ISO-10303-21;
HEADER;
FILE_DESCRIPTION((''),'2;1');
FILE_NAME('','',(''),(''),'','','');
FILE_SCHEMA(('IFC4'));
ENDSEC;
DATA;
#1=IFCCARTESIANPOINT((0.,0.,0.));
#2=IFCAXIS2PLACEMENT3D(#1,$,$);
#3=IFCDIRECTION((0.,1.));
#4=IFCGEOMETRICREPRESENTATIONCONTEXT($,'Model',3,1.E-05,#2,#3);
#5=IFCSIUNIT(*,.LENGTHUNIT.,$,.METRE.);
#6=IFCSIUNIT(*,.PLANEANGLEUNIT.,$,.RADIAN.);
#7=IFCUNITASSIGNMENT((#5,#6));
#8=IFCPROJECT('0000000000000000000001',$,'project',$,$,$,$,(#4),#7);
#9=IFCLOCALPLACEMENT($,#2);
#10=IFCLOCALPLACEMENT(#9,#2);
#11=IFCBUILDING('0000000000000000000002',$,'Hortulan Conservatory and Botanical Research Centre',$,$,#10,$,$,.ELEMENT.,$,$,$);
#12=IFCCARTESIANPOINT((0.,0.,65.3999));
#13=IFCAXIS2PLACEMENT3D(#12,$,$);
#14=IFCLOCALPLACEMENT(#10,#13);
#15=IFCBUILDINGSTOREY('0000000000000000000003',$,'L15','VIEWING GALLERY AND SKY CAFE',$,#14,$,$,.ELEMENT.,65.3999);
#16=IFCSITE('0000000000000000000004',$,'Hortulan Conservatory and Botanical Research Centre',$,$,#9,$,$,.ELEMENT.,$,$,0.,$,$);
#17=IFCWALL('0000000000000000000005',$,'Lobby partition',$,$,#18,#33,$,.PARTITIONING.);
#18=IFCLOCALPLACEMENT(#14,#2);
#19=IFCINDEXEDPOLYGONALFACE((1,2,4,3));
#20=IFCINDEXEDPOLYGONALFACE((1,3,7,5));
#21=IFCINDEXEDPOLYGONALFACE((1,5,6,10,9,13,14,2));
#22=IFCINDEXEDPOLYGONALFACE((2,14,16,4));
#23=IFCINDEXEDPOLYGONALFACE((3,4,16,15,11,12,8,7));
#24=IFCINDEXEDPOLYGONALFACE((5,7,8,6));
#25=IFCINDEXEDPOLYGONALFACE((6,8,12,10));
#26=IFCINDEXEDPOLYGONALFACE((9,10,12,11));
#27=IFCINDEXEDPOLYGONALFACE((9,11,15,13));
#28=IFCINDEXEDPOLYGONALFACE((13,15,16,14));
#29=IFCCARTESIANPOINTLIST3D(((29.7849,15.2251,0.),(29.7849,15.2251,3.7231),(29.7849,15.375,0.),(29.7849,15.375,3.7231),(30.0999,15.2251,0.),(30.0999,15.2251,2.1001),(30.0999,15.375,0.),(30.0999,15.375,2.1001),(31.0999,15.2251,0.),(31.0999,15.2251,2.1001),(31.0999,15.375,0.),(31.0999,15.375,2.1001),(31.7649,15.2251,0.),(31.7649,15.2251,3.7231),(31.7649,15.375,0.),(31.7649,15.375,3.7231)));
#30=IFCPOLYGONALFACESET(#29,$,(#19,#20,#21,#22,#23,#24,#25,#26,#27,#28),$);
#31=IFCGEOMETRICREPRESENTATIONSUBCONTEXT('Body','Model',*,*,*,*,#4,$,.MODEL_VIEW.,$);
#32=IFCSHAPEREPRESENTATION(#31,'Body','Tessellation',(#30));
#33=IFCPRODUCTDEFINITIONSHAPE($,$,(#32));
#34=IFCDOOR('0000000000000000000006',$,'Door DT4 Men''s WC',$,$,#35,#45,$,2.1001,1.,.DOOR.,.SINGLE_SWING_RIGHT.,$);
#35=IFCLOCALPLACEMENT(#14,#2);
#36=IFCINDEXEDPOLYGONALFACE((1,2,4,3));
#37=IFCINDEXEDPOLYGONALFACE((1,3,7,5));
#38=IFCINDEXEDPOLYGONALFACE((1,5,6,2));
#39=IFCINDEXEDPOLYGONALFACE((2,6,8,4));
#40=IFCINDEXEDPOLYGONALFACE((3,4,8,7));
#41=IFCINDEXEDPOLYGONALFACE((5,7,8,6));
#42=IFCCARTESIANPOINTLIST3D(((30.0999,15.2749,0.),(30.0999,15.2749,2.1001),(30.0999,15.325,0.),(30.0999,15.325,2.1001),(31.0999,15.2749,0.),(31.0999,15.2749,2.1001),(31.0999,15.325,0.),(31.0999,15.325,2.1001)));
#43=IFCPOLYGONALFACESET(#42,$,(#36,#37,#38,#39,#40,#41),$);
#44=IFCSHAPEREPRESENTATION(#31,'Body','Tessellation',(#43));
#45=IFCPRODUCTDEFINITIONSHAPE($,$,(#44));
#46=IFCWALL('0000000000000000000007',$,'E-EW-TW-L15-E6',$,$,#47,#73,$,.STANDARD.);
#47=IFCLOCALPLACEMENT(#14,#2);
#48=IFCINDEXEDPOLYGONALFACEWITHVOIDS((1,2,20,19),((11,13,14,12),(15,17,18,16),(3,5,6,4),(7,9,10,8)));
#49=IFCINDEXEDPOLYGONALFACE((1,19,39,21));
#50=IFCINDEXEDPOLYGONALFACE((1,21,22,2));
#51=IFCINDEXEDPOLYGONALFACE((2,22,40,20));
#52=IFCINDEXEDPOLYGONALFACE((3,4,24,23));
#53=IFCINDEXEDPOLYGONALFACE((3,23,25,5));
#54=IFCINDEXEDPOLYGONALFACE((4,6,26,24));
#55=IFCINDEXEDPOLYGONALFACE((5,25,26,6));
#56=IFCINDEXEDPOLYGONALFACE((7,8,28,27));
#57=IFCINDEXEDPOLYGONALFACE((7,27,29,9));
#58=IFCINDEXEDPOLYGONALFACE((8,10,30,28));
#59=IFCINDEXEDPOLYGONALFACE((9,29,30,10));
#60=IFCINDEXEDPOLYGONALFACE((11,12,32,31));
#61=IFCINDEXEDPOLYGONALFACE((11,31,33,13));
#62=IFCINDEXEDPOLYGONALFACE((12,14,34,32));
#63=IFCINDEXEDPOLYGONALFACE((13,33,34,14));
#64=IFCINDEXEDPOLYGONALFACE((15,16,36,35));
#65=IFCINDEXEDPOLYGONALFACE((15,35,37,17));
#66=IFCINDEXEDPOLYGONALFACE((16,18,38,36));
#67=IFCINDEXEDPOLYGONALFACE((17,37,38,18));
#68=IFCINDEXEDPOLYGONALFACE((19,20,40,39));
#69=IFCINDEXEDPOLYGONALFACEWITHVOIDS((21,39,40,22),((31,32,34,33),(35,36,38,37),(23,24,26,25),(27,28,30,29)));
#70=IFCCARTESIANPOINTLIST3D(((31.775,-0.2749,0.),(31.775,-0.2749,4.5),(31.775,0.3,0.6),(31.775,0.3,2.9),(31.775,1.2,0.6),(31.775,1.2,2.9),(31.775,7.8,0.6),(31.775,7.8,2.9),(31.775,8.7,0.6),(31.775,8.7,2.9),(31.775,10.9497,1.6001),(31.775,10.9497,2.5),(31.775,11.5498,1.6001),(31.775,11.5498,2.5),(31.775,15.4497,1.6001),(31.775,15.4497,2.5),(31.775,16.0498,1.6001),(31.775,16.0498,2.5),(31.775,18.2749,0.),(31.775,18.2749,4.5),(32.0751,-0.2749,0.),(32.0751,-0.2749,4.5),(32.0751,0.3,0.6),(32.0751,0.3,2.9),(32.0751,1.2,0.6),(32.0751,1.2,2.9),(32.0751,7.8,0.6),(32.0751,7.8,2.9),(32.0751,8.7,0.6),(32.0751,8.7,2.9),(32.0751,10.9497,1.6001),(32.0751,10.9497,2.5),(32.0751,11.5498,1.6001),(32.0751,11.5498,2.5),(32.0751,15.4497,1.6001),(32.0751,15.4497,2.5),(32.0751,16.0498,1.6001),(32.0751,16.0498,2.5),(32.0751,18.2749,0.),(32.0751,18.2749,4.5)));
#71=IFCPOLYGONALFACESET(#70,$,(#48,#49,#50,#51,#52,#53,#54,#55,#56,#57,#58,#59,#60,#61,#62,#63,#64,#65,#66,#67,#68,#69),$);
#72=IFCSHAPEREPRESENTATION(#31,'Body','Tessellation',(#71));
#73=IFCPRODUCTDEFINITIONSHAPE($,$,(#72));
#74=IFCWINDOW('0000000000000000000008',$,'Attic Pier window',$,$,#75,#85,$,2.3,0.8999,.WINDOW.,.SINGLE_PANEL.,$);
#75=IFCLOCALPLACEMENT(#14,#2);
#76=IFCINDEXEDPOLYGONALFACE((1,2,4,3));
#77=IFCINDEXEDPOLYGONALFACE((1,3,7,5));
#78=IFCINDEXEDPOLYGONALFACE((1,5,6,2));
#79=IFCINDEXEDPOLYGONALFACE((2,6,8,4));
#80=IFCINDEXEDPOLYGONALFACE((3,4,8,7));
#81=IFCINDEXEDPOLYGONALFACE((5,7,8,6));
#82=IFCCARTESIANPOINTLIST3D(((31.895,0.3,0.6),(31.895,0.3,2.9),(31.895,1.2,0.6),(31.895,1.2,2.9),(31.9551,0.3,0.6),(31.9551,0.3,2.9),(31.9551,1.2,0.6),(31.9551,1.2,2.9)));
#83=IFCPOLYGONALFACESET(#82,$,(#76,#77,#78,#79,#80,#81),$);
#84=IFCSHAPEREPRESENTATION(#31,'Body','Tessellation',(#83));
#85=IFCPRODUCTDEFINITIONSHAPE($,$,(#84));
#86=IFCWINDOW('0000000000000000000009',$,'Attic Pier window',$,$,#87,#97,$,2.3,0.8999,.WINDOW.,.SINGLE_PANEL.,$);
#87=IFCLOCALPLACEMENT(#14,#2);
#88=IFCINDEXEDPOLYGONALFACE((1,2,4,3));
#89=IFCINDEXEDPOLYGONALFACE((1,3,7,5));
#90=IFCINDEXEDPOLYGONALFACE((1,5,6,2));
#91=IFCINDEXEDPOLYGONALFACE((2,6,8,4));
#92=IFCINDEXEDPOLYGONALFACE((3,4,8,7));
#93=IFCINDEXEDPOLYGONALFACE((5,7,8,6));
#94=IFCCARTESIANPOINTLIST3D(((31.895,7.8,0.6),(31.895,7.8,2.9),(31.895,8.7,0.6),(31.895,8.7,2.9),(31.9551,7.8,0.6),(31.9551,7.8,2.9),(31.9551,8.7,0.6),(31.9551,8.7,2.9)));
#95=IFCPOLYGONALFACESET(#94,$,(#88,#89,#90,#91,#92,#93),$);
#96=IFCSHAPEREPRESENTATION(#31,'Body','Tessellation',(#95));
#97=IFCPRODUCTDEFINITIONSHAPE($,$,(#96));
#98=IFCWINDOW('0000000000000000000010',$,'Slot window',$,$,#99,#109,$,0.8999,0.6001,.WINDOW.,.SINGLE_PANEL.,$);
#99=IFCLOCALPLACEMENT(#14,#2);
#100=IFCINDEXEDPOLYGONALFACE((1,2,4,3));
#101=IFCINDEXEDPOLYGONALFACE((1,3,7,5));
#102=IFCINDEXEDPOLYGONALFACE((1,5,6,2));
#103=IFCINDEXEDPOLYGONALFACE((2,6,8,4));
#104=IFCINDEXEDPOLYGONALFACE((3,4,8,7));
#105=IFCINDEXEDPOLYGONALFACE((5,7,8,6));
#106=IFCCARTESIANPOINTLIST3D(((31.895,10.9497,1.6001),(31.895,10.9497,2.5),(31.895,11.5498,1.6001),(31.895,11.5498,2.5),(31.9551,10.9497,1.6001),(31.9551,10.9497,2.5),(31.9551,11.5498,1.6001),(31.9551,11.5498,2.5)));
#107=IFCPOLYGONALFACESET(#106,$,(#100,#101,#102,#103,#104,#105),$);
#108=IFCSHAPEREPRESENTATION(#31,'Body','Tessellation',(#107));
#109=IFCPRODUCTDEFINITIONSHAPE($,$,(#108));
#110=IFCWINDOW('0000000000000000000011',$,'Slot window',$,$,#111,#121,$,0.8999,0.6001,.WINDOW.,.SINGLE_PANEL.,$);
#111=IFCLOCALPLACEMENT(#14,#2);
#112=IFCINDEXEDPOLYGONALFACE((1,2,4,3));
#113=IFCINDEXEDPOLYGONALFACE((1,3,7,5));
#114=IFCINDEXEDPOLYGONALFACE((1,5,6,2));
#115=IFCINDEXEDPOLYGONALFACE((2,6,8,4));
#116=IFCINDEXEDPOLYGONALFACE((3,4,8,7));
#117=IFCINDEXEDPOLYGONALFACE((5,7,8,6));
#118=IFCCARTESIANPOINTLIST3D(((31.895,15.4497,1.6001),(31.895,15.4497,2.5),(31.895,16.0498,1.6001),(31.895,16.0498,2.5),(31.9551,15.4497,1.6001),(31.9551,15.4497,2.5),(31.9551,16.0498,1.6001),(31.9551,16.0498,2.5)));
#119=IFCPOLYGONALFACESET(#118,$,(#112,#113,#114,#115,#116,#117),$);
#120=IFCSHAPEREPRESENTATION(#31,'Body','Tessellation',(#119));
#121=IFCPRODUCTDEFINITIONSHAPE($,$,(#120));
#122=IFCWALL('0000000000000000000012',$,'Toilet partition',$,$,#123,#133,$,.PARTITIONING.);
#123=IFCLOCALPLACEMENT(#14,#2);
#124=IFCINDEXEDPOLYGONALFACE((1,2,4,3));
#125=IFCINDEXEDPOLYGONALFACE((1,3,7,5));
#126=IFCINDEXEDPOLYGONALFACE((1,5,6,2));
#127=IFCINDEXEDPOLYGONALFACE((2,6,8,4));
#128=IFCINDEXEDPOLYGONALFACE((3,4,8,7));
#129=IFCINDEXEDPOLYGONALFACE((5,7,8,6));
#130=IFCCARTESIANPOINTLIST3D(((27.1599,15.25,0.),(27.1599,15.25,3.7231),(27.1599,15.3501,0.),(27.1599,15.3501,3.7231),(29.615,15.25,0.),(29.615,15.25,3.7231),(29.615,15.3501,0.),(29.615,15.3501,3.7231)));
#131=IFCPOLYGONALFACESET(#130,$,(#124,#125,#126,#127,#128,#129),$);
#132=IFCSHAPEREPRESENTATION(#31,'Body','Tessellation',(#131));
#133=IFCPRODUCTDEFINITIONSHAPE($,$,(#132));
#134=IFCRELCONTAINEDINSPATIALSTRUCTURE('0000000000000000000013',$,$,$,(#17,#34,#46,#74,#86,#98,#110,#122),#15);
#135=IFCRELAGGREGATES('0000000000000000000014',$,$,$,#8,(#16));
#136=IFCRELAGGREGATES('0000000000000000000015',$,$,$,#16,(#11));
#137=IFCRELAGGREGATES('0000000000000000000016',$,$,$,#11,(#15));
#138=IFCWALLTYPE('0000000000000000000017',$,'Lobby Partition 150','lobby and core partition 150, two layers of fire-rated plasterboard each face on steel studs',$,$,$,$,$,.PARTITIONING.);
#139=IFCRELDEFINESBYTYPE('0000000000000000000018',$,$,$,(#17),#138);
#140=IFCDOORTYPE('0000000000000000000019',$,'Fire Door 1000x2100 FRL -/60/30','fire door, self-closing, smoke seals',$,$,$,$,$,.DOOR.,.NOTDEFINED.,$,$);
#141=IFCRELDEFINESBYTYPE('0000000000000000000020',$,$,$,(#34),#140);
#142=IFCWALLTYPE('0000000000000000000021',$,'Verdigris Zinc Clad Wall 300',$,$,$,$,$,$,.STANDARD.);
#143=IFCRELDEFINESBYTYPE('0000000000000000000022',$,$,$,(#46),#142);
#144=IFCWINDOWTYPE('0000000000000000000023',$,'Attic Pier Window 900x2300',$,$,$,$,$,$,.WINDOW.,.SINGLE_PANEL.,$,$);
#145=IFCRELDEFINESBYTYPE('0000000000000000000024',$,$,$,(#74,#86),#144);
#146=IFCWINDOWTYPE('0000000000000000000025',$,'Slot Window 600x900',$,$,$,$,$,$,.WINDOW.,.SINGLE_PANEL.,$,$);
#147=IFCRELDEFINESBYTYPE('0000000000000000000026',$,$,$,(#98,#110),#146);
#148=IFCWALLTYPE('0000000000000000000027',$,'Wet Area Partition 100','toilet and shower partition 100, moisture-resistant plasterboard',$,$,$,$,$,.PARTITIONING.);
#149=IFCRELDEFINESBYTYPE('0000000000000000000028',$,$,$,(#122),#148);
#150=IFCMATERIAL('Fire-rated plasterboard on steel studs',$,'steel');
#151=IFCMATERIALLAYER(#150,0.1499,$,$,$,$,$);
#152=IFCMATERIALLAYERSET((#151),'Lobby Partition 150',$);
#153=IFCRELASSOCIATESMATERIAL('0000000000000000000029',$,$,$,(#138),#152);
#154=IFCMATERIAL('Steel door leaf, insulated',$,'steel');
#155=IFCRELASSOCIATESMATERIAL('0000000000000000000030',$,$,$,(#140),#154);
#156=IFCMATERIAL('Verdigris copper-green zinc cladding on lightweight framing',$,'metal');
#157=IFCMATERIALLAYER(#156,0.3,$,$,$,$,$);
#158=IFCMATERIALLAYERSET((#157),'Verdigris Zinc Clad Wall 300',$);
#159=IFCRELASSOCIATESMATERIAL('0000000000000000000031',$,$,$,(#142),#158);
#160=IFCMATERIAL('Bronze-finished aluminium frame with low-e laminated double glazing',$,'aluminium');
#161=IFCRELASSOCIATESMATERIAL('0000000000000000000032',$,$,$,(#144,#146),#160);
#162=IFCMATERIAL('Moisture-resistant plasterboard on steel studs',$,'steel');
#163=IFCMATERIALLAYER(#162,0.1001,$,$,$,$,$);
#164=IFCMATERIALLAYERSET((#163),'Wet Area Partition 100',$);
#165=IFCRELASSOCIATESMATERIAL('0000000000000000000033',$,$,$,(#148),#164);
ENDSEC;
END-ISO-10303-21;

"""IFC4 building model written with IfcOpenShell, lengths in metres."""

from ifc_helpers import new_model, si_unit, direction, frame, frame_2d, origin, place, context, subcontext, project, spatial, rectangle, extrude, material, layer, layer_set, type_object, element, fill, save


model = new_model("IFC4")

# Units and contexts
model_context = context("Model", 3, precision=1e-05, world=origin(), true_north=direction((0.0, 1.0)))
body_context = subcontext(model_context, "Body", "Model", "MODEL_VIEW")
ifc_project = project(units=[si_unit("LENGTHUNIT", "METRE"), si_unit("PLANEANGLEUNIT", "RADIAN")], contexts=[model_context])

# Site, building, storey
site_placement = place(None, origin())
site = spatial("IfcSite", under=ifc_project, at=site_placement, Name="Hortulan Conservatory and Botanical Research Centre", CompositionType="ELEMENT", RefElevation=0.0)
building_placement = place(site_placement, origin())
building = spatial("IfcBuilding", under=site, at=building_placement, Name="Hortulan Conservatory and Botanical Research Centre", CompositionType="ELEMENT")
storey_placement = place(building_placement, frame((0.0, 0.0, 65.3999)))
storey = spatial("IfcBuildingStorey", under=building, at=storey_placement, Name="L15", Description="VIEWING GALLERY AND SKY CAFE", CompositionType="ELEMENT", Elevation=65.3999)

# Wall, opening, door
ifc_material_1 = material(Name="Fire-rated plasterboard on steel studs", Category="steel")
ifc_layer_1 = layer(ifc_material_1, 0.1499)
ifc_layer_set_1 = layer_set([ifc_layer_1], Name="Lobby Partition 150")
wall_type_1 = type_object("IfcWallType", Name="Lobby Partition 150", Description="lobby and core partition 150, two layers of fire-rated plasterboard each face on steel studs", PredefinedType="PARTITIONING", material=ifc_layer_set_1)
wall_1_placement = place(storey_placement, frame((29.7849, 15.3, 0.0), z_axis=(0.0, 0.0, 1.0), x_axis=(1.0, 0.0, 0.0)))
wall_1 = element("IfcWall", 1, at=wall_1_placement, inside=storey, type_object=wall_type_1, Name="Lobby partition", PredefinedType="PARTITIONING", context=body_context, shape_type="SweptSolid", body=[
    extrude(rectangle(XDim=1.98, YDim=0.1499, at=frame_2d((0.99, 0.0))), origin(), (0.0, 0.0, 1.0), 3.7231),
])
opening_1_placement = place(wall_1_placement, frame((0.3149, 0.0, 0.0)))
opening_1 = element("IfcOpeningElement", 2, at=opening_1_placement, cuts=wall_1, PredefinedType="OPENING", context=body_context, shape_type="SweptSolid", body=[
    extrude(rectangle(XDim=1.0, YDim=2.1001, at=frame_2d((0.5, 1.05))), frame((0.0, 0.085, 0.0), z_axis=(0.0, -1.0, 0.0), x_axis=(1.0, 0.0, 0.0)), (0.0, 0.0, 1.0), 0.1699),
])
ifc_material_2 = material(Name="Steel door leaf, insulated", Category="steel")
door_type = type_object("IfcDoorType", Name="Fire Door 1000x2100 FRL -/60/30", Description="fire door, self-closing, smoke seals", OperationType="NOTDEFINED", PredefinedType="DOOR", material=ifc_material_2)
door_placement = place(opening_1_placement, origin())
door = element("IfcDoor", 3, at=door_placement, inside=storey, type_object=door_type, Name="Door DT4 Men's WC", OperationType="SINGLE_SWING_RIGHT", OverallHeight=2.1001, OverallWidth=1.0, PredefinedType="DOOR", context=body_context, shape_type="SweptSolid", body=[
    extrude(rectangle(XDim=1.0, YDim=2.1001, at=frame_2d((0.5, 1.05))), frame((0.0, 0.0249, 0.0), z_axis=(0.0, -1.0, 0.0), x_axis=(1.0, 0.0, 0.0)), (0.0, 0.0, 1.0), 0.05),
])
fill(opening_1, door)

# Wall, openings, windows
ifc_material_3 = material(Name="Verdigris copper-green zinc cladding on lightweight framing", Category="metal")
ifc_layer_2 = layer(ifc_material_3, 0.3)
ifc_layer_set_2 = layer_set([ifc_layer_2], Name="Verdigris Zinc Clad Wall 300")
wall_type_2 = type_object("IfcWallType", Name="Verdigris Zinc Clad Wall 300", PredefinedType="STANDARD", material=ifc_layer_set_2)
wall_2_placement = place(storey_placement, frame((31.925, 18.2749, 0.0), z_axis=(0.0, 0.0, 1.0), x_axis=(0.0, -1.0, 0.0)))
wall_2 = element("IfcWall", 4, at=wall_2_placement, inside=storey, type_object=wall_type_2, Name="E-EW-TW-L15-E6", PredefinedType="STANDARD", context=body_context, shape_type="SweptSolid", body=[
    extrude(rectangle(XDim=18.5498, YDim=0.3, at=frame_2d((9.2749, 0.0))), origin(), (0.0, 0.0, 1.0), 4.5),
])
opening_2_placement = place(wall_2_placement, frame((17.075, 0.0, 0.6001)))
opening_2 = element("IfcOpeningElement", 5, at=opening_2_placement, cuts=wall_2, PredefinedType="OPENING", context=body_context, shape_type="SweptSolid", body=[
    extrude(rectangle(XDim=0.8999, YDim=2.3, at=frame_2d((0.45, 1.1499))), frame((0.0, 0.1599, 0.0), z_axis=(0.0, -1.0, 0.0), x_axis=(1.0, 0.0, 0.0)), (0.0, 0.0, 1.0), 0.3201),
])
opening_3_placement = place(wall_2_placement, frame((9.575, 0.0, 0.6001)))
opening_3 = element("IfcOpeningElement", 6, at=opening_3_placement, cuts=wall_2, PredefinedType="OPENING", context=body_context, shape_type="SweptSolid", body=[
    extrude(rectangle(XDim=0.8999, YDim=2.3, at=frame_2d((0.45, 1.1499))), frame((0.0, 0.1599, 0.0), z_axis=(0.0, -1.0, 0.0), x_axis=(1.0, 0.0, 0.0)), (0.0, 0.0, 1.0), 0.3201),
])
opening_4_placement = place(wall_2_placement, frame((6.7251, 0.0, 1.6001)))
opening_4 = element("IfcOpeningElement", 7, at=opening_4_placement, cuts=wall_2, PredefinedType="OPENING", context=body_context, shape_type="SweptSolid", body=[
    extrude(rectangle(XDim=0.6001, YDim=0.8999, at=frame_2d((0.3, 0.45))), frame((0.0, 0.1599, 0.0), z_axis=(0.0, -1.0, 0.0), x_axis=(1.0, 0.0, 0.0)), (0.0, 0.0, 1.0), 0.3201),
])
opening_5_placement = place(wall_2_placement, frame((2.2251, 0.0, 1.6001)))
opening_5 = element("IfcOpeningElement", 8, at=opening_5_placement, cuts=wall_2, PredefinedType="OPENING", context=body_context, shape_type="SweptSolid", body=[
    extrude(rectangle(XDim=0.6001, YDim=0.8999, at=frame_2d((0.3, 0.45))), frame((0.0, 0.1599, 0.0), z_axis=(0.0, -1.0, 0.0), x_axis=(1.0, 0.0, 0.0)), (0.0, 0.0, 1.0), 0.3201),
])
ifc_material_4 = material(Name="Bronze-finished aluminium frame with low-e laminated double glazing", Category="aluminium")
window_type_1 = type_object("IfcWindowType", Name="Attic Pier Window 900x2300", PartitioningType="SINGLE_PANEL", PredefinedType="WINDOW", material=ifc_material_4)
window_1_placement = place(opening_2_placement, origin())
window_1 = element("IfcWindow", 9, at=window_1_placement, inside=storey, type_object=window_type_1, Name="Attic Pier window", OverallHeight=2.3, OverallWidth=0.8999, PartitioningType="SINGLE_PANEL", PredefinedType="WINDOW", context=body_context, shape_type="SweptSolid", body=[
    extrude(rectangle(XDim=0.8999, YDim=2.3, at=frame_2d((0.45, 1.1499))), frame((0.0, 0.03, 0.0), z_axis=(0.0, -1.0, 0.0), x_axis=(1.0, 0.0, 0.0)), (0.0, 0.0, 1.0), 0.0601),
])
fill(opening_2, window_1)
window_2_placement = place(opening_3_placement, origin())
window_2 = element("IfcWindow", 10, at=window_2_placement, inside=storey, type_object=window_type_1, Name="Attic Pier window", OverallHeight=2.3, OverallWidth=0.8999, PartitioningType="SINGLE_PANEL", PredefinedType="WINDOW", context=body_context, shape_type="SweptSolid", body=[
    extrude(rectangle(XDim=0.8999, YDim=2.3, at=frame_2d((0.45, 1.1499))), frame((0.0, 0.03, 0.0), z_axis=(0.0, -1.0, 0.0), x_axis=(1.0, 0.0, 0.0)), (0.0, 0.0, 1.0), 0.0601),
])
fill(opening_3, window_2)
window_type_2 = type_object("IfcWindowType", Name="Slot Window 600x900", PartitioningType="SINGLE_PANEL", PredefinedType="WINDOW", material=ifc_material_4)
window_3_placement = place(opening_4_placement, origin())
window_3 = element("IfcWindow", 11, at=window_3_placement, inside=storey, type_object=window_type_2, Name="Slot window", OverallHeight=0.8999, OverallWidth=0.6001, PartitioningType="SINGLE_PANEL", PredefinedType="WINDOW", context=body_context, shape_type="SweptSolid", body=[
    extrude(rectangle(XDim=0.6001, YDim=0.8999, at=frame_2d((0.3, 0.45))), frame((0.0, 0.03, 0.0), z_axis=(0.0, -1.0, 0.0), x_axis=(1.0, 0.0, 0.0)), (0.0, 0.0, 1.0), 0.0601),
])
fill(opening_4, window_3)
window_4_placement = place(opening_5_placement, origin())
window_4 = element("IfcWindow", 12, at=window_4_placement, inside=storey, type_object=window_type_2, Name="Slot window", OverallHeight=0.8999, OverallWidth=0.6001, PartitioningType="SINGLE_PANEL", PredefinedType="WINDOW", context=body_context, shape_type="SweptSolid", body=[
    extrude(rectangle(XDim=0.6001, YDim=0.8999, at=frame_2d((0.3, 0.45))), frame((0.0, 0.03, 0.0), z_axis=(0.0, -1.0, 0.0), x_axis=(1.0, 0.0, 0.0)), (0.0, 0.0, 1.0), 0.0601),
])
fill(opening_5, window_4)

# Wall
ifc_material_5 = material(Name="Moisture-resistant plasterboard on steel studs", Category="steel")
ifc_layer_3 = layer(ifc_material_5, 0.1001)
ifc_layer_set_3 = layer_set([ifc_layer_3], Name="Wet Area Partition 100")
wall_type_3 = type_object("IfcWallType", Name="Wet Area Partition 100", Description="toilet and shower partition 100, moisture-resistant plasterboard", PredefinedType="PARTITIONING", material=ifc_layer_set_3)
wall_3_placement = place(storey_placement, frame((27.1599, 15.3, 0.0), z_axis=(0.0, 0.0, 1.0), x_axis=(1.0, 0.0, 0.0)))
element("IfcWall", 13, at=wall_3_placement, inside=storey, type_object=wall_type_3, Name="Toilet partition", PredefinedType="PARTITIONING", context=body_context, shape_type="SweptSolid", body=[
    extrude(rectangle(XDim=2.4551, YDim=0.1001, at=frame_2d((1.2275, 0.0))), origin(), (0.0, 0.0, 1.0), 3.7231),
])

save(model, "model.ifc")
